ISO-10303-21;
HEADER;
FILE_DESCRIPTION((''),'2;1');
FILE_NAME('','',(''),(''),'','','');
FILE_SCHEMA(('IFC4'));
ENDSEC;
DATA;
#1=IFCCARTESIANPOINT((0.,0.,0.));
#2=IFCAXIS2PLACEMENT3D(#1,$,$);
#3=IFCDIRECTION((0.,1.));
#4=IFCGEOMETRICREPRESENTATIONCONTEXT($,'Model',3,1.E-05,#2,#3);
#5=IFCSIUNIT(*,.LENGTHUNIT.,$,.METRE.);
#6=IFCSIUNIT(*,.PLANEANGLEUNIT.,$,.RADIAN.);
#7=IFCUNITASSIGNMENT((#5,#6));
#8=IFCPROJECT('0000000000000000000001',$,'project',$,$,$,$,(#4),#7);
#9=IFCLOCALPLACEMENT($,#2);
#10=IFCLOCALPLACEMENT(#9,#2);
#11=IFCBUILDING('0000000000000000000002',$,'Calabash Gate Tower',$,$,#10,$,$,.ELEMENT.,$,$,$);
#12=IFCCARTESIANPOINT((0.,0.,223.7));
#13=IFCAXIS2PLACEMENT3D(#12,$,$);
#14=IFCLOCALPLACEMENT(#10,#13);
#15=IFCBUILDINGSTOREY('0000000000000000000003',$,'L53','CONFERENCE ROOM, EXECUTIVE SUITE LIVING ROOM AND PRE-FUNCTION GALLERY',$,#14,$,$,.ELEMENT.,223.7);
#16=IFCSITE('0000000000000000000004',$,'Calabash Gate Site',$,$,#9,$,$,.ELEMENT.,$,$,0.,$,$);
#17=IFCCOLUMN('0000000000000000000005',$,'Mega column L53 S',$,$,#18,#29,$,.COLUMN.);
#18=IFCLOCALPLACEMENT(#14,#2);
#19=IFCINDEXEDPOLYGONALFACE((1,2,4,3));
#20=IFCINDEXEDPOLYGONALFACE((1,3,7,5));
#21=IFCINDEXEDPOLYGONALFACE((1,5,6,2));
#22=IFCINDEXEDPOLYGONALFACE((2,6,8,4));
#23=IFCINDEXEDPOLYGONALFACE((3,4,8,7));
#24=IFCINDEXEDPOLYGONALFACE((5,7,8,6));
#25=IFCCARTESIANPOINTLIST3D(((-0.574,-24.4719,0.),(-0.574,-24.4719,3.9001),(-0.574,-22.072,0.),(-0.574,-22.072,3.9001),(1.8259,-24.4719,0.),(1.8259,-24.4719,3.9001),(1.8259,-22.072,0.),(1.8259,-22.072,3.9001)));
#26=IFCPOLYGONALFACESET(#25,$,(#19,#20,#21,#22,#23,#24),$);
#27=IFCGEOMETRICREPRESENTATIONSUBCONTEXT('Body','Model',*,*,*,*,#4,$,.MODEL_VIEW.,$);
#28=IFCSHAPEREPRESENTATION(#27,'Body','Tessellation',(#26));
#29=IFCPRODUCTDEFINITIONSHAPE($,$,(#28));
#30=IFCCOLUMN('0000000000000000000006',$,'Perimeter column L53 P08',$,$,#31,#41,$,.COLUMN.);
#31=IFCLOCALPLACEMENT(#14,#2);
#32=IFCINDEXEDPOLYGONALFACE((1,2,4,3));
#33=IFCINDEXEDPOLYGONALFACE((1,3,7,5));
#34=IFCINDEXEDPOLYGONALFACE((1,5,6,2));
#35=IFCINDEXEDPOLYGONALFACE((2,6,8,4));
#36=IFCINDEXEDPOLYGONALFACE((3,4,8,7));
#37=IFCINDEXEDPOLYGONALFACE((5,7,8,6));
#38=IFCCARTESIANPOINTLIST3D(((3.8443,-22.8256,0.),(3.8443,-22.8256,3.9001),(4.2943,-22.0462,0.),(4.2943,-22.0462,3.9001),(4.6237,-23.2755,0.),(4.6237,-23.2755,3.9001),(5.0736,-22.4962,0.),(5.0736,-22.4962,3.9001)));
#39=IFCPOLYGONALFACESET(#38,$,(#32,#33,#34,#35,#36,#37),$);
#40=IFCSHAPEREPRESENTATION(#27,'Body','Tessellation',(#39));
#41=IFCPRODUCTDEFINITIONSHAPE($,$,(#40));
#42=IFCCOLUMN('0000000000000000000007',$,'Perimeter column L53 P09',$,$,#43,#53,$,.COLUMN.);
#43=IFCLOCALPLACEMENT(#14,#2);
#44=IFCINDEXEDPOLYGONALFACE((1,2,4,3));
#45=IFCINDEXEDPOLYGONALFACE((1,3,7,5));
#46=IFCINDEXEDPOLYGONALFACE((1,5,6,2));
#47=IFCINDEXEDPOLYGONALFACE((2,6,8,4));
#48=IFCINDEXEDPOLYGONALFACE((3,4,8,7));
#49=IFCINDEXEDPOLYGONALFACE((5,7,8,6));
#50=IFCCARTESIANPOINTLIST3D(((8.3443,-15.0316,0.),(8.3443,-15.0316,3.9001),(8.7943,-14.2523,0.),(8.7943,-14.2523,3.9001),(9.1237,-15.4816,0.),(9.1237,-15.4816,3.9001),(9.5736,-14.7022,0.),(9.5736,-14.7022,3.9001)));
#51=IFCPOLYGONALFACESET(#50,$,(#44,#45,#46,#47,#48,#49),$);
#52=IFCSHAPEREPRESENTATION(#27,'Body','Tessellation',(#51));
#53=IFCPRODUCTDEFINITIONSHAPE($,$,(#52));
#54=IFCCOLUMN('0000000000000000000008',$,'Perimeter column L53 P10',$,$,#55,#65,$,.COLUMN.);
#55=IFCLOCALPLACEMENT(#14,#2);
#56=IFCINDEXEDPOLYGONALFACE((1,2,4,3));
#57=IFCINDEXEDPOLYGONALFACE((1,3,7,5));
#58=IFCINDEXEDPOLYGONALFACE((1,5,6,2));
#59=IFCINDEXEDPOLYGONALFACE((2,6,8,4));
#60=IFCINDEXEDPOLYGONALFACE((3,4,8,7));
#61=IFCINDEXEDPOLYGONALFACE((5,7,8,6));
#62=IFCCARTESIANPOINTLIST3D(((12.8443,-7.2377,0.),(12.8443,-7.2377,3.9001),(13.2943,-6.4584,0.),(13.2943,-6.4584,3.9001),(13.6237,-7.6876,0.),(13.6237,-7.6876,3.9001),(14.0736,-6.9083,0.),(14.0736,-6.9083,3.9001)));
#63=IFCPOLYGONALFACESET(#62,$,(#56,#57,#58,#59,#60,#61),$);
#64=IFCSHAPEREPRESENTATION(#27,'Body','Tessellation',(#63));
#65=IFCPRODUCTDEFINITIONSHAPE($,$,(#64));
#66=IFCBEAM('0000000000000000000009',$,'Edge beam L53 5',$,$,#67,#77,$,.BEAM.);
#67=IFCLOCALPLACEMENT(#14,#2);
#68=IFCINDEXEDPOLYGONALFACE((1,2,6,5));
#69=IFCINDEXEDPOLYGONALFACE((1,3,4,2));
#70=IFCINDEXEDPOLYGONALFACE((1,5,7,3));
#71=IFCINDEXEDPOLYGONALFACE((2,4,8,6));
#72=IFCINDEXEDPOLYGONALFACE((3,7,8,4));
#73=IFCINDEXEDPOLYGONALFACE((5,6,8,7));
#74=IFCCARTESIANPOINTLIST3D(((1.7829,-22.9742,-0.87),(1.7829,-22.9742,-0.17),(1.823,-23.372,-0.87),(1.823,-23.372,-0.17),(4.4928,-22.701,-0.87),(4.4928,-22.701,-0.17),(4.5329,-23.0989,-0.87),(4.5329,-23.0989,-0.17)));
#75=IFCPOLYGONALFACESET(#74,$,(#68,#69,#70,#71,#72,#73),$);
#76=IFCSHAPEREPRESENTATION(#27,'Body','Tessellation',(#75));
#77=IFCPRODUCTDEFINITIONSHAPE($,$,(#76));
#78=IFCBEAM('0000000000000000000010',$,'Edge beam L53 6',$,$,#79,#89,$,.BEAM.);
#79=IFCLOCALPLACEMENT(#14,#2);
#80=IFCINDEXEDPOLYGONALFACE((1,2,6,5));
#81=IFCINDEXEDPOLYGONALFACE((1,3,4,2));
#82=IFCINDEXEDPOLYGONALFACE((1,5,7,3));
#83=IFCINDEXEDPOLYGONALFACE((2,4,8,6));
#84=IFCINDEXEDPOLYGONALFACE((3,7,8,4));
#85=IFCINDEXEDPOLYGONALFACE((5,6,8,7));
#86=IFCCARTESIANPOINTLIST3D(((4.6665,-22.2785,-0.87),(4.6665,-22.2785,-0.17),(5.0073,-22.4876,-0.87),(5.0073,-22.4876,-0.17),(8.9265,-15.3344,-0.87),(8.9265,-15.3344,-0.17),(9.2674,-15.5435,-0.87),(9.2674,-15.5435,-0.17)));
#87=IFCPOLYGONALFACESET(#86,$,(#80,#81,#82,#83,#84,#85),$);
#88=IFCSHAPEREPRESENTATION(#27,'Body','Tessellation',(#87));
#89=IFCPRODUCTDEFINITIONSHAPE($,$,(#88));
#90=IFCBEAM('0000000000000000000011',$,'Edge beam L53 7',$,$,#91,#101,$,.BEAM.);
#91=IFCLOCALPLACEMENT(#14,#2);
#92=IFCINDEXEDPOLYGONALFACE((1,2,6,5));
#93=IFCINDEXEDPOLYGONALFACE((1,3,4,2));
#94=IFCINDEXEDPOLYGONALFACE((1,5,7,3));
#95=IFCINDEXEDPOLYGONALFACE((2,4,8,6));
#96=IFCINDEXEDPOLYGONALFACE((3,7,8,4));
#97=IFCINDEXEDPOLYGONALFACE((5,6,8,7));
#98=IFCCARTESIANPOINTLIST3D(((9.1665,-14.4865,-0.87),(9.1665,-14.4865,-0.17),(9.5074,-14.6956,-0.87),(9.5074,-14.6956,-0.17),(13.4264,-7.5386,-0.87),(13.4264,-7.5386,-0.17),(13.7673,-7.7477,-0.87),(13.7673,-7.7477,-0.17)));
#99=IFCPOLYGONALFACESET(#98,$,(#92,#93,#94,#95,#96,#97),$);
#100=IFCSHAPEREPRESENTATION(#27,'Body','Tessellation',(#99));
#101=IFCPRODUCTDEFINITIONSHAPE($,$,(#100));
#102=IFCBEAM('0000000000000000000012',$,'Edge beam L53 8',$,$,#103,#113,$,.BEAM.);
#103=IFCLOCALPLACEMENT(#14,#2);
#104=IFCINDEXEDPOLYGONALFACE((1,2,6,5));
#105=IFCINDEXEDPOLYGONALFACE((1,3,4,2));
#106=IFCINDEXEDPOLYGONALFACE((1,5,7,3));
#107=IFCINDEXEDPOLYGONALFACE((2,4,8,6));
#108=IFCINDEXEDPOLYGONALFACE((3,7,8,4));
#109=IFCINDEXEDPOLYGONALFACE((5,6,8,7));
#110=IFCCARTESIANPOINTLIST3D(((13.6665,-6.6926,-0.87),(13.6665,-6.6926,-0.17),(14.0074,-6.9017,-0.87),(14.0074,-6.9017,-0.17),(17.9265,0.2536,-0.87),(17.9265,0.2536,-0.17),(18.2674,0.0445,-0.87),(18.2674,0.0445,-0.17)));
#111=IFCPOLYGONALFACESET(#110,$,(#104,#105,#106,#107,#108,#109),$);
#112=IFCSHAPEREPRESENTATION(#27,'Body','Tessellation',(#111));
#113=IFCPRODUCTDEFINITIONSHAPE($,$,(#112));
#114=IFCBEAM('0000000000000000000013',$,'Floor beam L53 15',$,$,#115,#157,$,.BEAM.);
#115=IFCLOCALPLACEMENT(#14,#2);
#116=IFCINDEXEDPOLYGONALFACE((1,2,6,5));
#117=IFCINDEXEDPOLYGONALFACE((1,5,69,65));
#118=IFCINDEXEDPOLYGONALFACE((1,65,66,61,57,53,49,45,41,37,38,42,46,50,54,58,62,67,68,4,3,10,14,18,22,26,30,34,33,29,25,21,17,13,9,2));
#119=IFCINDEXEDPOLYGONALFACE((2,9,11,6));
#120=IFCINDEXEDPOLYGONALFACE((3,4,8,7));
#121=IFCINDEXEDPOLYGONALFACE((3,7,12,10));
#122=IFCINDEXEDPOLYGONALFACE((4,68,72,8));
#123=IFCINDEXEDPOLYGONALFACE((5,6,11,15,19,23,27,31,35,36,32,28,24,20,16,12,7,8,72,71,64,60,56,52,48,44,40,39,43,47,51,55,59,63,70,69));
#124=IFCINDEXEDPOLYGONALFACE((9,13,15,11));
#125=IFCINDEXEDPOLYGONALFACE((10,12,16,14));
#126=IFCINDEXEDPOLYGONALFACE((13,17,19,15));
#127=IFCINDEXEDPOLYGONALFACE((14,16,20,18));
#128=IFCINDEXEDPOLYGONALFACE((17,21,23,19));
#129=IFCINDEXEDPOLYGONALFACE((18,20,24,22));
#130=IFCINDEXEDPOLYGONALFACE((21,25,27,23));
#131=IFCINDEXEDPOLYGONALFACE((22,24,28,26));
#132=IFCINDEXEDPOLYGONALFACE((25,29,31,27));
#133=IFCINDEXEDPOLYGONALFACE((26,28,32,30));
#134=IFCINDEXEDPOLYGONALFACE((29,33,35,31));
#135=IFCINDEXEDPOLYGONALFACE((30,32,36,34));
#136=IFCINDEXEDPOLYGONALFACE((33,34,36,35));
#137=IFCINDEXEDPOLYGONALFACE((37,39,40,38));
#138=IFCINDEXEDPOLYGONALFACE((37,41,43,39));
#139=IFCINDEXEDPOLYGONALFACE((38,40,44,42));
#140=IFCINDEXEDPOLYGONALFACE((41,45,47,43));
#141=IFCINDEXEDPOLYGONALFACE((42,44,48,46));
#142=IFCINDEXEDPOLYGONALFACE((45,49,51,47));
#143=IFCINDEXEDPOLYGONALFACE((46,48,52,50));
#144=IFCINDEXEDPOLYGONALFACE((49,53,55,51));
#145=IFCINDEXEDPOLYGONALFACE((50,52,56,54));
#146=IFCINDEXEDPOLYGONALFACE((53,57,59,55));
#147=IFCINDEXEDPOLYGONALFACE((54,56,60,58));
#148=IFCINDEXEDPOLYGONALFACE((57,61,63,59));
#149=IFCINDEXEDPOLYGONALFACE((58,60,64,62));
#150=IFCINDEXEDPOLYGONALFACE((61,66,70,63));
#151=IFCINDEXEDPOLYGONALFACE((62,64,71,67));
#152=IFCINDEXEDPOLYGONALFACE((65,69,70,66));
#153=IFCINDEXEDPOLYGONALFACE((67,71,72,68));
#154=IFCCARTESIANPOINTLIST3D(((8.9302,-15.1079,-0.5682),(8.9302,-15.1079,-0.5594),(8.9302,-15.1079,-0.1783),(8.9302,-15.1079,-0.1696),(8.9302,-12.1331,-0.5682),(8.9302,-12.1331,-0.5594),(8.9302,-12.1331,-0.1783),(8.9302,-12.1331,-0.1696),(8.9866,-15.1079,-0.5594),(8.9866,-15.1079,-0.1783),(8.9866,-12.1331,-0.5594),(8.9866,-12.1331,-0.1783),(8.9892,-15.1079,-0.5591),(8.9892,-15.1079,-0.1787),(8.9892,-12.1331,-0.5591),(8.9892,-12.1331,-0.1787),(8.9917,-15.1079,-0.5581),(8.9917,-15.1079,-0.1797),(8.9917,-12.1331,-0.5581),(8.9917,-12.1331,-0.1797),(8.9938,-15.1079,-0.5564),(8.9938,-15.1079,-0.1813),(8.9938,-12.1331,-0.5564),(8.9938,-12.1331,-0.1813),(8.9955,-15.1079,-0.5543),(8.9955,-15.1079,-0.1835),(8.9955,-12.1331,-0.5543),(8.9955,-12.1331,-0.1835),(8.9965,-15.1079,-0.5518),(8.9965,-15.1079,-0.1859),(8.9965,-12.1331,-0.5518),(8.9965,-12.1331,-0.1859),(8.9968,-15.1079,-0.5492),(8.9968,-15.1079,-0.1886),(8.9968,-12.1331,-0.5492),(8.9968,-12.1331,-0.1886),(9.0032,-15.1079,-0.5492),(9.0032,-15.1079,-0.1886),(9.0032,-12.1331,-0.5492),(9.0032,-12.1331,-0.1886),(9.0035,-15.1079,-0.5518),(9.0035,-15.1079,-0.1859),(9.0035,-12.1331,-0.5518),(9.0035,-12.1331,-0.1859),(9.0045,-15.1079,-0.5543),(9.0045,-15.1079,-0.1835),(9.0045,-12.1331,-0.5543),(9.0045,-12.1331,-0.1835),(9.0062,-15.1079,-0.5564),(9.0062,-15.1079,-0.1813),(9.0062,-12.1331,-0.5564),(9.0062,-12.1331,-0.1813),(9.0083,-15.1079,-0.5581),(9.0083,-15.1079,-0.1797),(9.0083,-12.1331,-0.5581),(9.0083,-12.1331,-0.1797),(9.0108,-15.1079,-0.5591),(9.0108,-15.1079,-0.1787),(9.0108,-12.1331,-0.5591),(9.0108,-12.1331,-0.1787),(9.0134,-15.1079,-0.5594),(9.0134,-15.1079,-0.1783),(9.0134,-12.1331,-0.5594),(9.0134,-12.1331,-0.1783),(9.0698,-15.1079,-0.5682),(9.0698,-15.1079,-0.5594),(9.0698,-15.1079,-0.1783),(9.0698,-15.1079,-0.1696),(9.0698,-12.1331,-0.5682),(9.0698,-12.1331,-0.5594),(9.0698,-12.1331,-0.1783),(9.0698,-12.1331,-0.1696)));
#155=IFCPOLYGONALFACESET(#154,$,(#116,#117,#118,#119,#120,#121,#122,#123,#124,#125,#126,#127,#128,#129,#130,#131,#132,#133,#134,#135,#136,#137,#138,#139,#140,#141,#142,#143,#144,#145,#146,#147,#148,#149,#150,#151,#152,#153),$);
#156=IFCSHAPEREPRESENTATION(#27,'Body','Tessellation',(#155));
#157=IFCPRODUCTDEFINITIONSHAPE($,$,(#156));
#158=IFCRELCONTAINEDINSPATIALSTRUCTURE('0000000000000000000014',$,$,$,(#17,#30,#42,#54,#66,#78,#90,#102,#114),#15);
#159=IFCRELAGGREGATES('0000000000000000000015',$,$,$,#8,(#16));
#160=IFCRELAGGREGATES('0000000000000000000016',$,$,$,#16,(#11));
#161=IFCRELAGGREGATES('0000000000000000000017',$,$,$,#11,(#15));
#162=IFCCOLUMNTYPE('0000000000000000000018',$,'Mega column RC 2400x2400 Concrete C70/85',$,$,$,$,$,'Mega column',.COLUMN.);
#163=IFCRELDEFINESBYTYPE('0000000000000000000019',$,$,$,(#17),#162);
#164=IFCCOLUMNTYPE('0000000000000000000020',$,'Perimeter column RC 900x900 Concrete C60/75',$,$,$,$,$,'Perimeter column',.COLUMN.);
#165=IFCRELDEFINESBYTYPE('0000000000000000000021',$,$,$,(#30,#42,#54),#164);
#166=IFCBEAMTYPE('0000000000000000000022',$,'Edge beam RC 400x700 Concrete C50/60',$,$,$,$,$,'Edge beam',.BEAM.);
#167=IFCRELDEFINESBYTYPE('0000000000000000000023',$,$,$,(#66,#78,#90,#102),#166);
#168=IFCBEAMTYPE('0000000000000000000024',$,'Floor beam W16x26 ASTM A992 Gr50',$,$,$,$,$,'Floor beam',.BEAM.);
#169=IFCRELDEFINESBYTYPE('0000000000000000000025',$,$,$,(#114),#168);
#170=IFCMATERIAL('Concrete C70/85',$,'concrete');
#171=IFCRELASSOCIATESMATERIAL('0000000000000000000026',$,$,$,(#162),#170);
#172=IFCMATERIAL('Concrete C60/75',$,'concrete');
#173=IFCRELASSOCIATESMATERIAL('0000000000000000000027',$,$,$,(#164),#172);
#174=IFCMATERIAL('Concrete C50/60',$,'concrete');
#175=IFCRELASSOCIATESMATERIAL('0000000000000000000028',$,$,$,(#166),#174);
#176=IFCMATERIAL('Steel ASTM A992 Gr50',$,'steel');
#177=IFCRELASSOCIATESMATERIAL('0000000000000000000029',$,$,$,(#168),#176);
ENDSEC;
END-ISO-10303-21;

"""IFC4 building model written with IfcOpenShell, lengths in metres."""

from ifc_helpers import new_model, si_unit, direction, frame, origin, origin_2d, place, context, subcontext, project, spatial, rectangle, i_section, extrude, material, material_profile, profile_set, type_object, element, save


model = new_model("IFC4")

# Units and contexts
model_context = context("Model", 3, precision=1e-05, world=origin(), true_north=direction((0.0, 1.0)))
body_context = subcontext(model_context, "Body", "Model", "MODEL_VIEW")
ifc_project = project(units=[si_unit("LENGTHUNIT", "METRE"), si_unit("PLANEANGLEUNIT", "RADIAN")], contexts=[model_context])

# Site, building, storey
site_placement = place(None, origin())
site = spatial("IfcSite", under=ifc_project, at=site_placement, Name="Calabash Gate Site", CompositionType="ELEMENT", RefElevation=0.0)
building_placement = place(site_placement, origin())
building = spatial("IfcBuilding", under=site, at=building_placement, Name="Calabash Gate Tower", CompositionType="ELEMENT")
storey_placement = place(building_placement, frame((0.0, 0.0, 223.7)))
storey = spatial("IfcBuildingStorey", under=building, at=storey_placement, Name="L53", Description="CONFERENCE ROOM, EXECUTIVE SUITE LIVING ROOM AND PRE-FUNCTION GALLERY", CompositionType="ELEMENT", Elevation=223.7)

# Columns
ifc_material_1 = material(Name="Concrete C70/85", Category="concrete")
ifc_material_profile_1 = material_profile(ifc_material_1, rectangle(XDim=2.3999, YDim=2.3999, at=origin_2d()))
ifc_profile_set_1 = profile_set([ifc_material_profile_1], Name="Concrete C70/85")
column_type_1 = type_object("IfcColumnType", Name="Mega column RC 2400x2400 Concrete C70/85", ElementType="Mega column", PredefinedType="COLUMN", material=ifc_profile_set_1)
column_placement = place(storey_placement, frame((0.626, -23.272, 0.0), z_axis=(0.0, 0.0, 1.0), x_axis=(0.0, 1.0, 0.0)))
element("IfcColumn", 1, at=column_placement, inside=storey, type_object=column_type_1, Name="Mega column L53 S", PredefinedType="COLUMN", context=body_context, shape_type="SweptSolid", body=[
    extrude(rectangle(XDim=2.3999, YDim=2.3999, at=origin_2d()), origin(), (0.0, 0.0, 1.0), 3.9001),
])
ifc_material_2 = material(Name="Concrete C60/75", Category="concrete")
ifc_material_profile_2 = material_profile(ifc_material_2, rectangle(XDim=0.8999, YDim=0.8999, at=origin_2d()))
ifc_profile_set_2 = profile_set([ifc_material_profile_2], Name="Concrete C60/75")
column_type_2 = type_object("IfcColumnType", Name="Perimeter column RC 900x900 Concrete C60/75", ElementType="Perimeter column", PredefinedType="COLUMN", material=ifc_profile_set_2)
for number, where, z_axis, x_axis, name in (
    (2, (4.459, -22.6609, 0.0), (0.0, 0.0, 1.0), (0.5, 0.866025, 0.0), "Perimeter column L53 P08"),
    (3, (8.959, -14.8669, 0.0), (0.0, 0.0, 1.0), (0.5, 0.866025, 0.0), "Perimeter column L53 P09"),
    (4, (13.459, -7.073, 0.0), (0.0, 0.0, 1.0), (0.5, 0.866025, 0.0), "Perimeter column L53 P10"),
):
    element("IfcColumn", number, at=place(storey_placement, frame(where, z_axis=z_axis, x_axis=x_axis)), inside=storey, type_object=column_type_2, Name=name, PredefinedType="COLUMN", context=body_context, shape_type="SweptSolid", body=[
        extrude(rectangle(XDim=0.8999, YDim=0.8999, at=origin_2d()), origin(), (0.0, 0.0, 1.0), 3.9001),
    ])

# Beams
ifc_material_3 = material(Name="Concrete C50/60", Category="concrete")
ifc_material_profile_3 = material_profile(ifc_material_3, rectangle(XDim=0.3999, YDim=0.7, at=origin_2d()))
ifc_profile_set_3 = profile_set([ifc_material_profile_3], Name="Concrete C50/60")
beam_type_1 = type_object("IfcBeamType", Name="Edge beam RC 400x700 Concrete C50/60", ElementType="Edge beam", PredefinedType="BEAM", material=ifc_profile_set_3)
beam_1_placement = place(storey_placement, frame((1.803, -23.1731, -0.52), z_axis=(0.994957, 0.100302, 0.0), x_axis=(-0.100302, 0.994957, 0.0)))
element("IfcBeam", 5, at=beam_1_placement, inside=storey, type_object=beam_type_1, Name="Edge beam L53 5", PredefinedType="BEAM", context=body_context, shape_type="SweptSolid", body=[
    extrude(rectangle(XDim=0.3999, YDim=0.7, at=origin_2d()), origin(), (0.0, 0.0, 1.0), 2.7236),
])
beam_2_placement = place(storey_placement, frame((4.8369, -22.3831, -0.52), z_axis=(0.522915, 0.852385, 0.0), x_axis=(-0.852385, 0.522915, 0.0)))
element("IfcBeam", 6, at=beam_2_placement, inside=storey, type_object=beam_type_1, Name="Edge beam L53 6", PredefinedType="BEAM", context=body_context, shape_type="SweptSolid", body=[
    extrude(rectangle(XDim=0.3999, YDim=0.7, at=origin_2d()), origin(), (0.0, 0.0, 1.0), 8.1467),
])
beam_3_placement = place(storey_placement, frame((9.3369, -14.5911, -0.52), z_axis=(0.522701, 0.852516, 0.0), x_axis=(-0.852516, 0.522701, 0.0)))
element("IfcBeam", 7, at=beam_3_placement, inside=storey, type_object=beam_type_1, Name="Edge beam L53 7", PredefinedType="BEAM", context=body_context, shape_type="SweptSolid", body=[
    extrude(rectangle(XDim=0.3999, YDim=0.7, at=origin_2d()), origin(), (0.0, 0.0, 1.0), 8.1499),
])
beam_4_placement = place(storey_placement, frame((13.8369, -6.7971, -0.52), z_axis=(0.522808, 0.852451, 0.0), x_axis=(-0.852451, 0.522808, 0.0)))
element("IfcBeam", 8, at=beam_4_placement, inside=storey, type_object=beam_type_1, Name="Edge beam L53 8", PredefinedType="BEAM", context=body_context, shape_type="SweptSolid", body=[
    extrude(rectangle(XDim=0.3999, YDim=0.7, at=origin_2d()), origin(), (0.0, 0.0, 1.0), 8.1484),
])
ifc_material_4 = material(Name="Steel ASTM A992 Gr50", Category="steel")
ifc_material_profile_4 = material_profile(ifc_material_4, i_section(OverallWidth=0.1396, OverallDepth=0.3987, WebThickness=0.0063, FlangeThickness=0.0088, FilletRadius=0.0103, at=origin_2d()))
ifc_profile_set_4 = profile_set([ifc_material_profile_4], Name="Steel ASTM A992 Gr50")
beam_type_2 = type_object("IfcBeamType", Name="Floor beam W16x26 ASTM A992 Gr50", ElementType="Floor beam", PredefinedType="BEAM", material=ifc_profile_set_4)
beam_5_placement = place(storey_placement, frame((9.0, -15.1079, -0.3689), z_axis=(0.0, 1.0, 0.0), x_axis=(-1.0, 0.0, 0.0)))
element("IfcBeam", 9, at=beam_5_placement, inside=storey, type_object=beam_type_2, Name="Floor beam L53 15", PredefinedType="BEAM", context=body_context, shape_type="SweptSolid", body=[
    extrude(i_section(OverallWidth=0.1396, OverallDepth=0.3987, WebThickness=0.0063, FlangeThickness=0.0088, FilletRadius=0.0103, at=origin_2d()), origin(), (0.0, 0.0, 1.0), 2.9749),
])

save(model, "model.ifc")
